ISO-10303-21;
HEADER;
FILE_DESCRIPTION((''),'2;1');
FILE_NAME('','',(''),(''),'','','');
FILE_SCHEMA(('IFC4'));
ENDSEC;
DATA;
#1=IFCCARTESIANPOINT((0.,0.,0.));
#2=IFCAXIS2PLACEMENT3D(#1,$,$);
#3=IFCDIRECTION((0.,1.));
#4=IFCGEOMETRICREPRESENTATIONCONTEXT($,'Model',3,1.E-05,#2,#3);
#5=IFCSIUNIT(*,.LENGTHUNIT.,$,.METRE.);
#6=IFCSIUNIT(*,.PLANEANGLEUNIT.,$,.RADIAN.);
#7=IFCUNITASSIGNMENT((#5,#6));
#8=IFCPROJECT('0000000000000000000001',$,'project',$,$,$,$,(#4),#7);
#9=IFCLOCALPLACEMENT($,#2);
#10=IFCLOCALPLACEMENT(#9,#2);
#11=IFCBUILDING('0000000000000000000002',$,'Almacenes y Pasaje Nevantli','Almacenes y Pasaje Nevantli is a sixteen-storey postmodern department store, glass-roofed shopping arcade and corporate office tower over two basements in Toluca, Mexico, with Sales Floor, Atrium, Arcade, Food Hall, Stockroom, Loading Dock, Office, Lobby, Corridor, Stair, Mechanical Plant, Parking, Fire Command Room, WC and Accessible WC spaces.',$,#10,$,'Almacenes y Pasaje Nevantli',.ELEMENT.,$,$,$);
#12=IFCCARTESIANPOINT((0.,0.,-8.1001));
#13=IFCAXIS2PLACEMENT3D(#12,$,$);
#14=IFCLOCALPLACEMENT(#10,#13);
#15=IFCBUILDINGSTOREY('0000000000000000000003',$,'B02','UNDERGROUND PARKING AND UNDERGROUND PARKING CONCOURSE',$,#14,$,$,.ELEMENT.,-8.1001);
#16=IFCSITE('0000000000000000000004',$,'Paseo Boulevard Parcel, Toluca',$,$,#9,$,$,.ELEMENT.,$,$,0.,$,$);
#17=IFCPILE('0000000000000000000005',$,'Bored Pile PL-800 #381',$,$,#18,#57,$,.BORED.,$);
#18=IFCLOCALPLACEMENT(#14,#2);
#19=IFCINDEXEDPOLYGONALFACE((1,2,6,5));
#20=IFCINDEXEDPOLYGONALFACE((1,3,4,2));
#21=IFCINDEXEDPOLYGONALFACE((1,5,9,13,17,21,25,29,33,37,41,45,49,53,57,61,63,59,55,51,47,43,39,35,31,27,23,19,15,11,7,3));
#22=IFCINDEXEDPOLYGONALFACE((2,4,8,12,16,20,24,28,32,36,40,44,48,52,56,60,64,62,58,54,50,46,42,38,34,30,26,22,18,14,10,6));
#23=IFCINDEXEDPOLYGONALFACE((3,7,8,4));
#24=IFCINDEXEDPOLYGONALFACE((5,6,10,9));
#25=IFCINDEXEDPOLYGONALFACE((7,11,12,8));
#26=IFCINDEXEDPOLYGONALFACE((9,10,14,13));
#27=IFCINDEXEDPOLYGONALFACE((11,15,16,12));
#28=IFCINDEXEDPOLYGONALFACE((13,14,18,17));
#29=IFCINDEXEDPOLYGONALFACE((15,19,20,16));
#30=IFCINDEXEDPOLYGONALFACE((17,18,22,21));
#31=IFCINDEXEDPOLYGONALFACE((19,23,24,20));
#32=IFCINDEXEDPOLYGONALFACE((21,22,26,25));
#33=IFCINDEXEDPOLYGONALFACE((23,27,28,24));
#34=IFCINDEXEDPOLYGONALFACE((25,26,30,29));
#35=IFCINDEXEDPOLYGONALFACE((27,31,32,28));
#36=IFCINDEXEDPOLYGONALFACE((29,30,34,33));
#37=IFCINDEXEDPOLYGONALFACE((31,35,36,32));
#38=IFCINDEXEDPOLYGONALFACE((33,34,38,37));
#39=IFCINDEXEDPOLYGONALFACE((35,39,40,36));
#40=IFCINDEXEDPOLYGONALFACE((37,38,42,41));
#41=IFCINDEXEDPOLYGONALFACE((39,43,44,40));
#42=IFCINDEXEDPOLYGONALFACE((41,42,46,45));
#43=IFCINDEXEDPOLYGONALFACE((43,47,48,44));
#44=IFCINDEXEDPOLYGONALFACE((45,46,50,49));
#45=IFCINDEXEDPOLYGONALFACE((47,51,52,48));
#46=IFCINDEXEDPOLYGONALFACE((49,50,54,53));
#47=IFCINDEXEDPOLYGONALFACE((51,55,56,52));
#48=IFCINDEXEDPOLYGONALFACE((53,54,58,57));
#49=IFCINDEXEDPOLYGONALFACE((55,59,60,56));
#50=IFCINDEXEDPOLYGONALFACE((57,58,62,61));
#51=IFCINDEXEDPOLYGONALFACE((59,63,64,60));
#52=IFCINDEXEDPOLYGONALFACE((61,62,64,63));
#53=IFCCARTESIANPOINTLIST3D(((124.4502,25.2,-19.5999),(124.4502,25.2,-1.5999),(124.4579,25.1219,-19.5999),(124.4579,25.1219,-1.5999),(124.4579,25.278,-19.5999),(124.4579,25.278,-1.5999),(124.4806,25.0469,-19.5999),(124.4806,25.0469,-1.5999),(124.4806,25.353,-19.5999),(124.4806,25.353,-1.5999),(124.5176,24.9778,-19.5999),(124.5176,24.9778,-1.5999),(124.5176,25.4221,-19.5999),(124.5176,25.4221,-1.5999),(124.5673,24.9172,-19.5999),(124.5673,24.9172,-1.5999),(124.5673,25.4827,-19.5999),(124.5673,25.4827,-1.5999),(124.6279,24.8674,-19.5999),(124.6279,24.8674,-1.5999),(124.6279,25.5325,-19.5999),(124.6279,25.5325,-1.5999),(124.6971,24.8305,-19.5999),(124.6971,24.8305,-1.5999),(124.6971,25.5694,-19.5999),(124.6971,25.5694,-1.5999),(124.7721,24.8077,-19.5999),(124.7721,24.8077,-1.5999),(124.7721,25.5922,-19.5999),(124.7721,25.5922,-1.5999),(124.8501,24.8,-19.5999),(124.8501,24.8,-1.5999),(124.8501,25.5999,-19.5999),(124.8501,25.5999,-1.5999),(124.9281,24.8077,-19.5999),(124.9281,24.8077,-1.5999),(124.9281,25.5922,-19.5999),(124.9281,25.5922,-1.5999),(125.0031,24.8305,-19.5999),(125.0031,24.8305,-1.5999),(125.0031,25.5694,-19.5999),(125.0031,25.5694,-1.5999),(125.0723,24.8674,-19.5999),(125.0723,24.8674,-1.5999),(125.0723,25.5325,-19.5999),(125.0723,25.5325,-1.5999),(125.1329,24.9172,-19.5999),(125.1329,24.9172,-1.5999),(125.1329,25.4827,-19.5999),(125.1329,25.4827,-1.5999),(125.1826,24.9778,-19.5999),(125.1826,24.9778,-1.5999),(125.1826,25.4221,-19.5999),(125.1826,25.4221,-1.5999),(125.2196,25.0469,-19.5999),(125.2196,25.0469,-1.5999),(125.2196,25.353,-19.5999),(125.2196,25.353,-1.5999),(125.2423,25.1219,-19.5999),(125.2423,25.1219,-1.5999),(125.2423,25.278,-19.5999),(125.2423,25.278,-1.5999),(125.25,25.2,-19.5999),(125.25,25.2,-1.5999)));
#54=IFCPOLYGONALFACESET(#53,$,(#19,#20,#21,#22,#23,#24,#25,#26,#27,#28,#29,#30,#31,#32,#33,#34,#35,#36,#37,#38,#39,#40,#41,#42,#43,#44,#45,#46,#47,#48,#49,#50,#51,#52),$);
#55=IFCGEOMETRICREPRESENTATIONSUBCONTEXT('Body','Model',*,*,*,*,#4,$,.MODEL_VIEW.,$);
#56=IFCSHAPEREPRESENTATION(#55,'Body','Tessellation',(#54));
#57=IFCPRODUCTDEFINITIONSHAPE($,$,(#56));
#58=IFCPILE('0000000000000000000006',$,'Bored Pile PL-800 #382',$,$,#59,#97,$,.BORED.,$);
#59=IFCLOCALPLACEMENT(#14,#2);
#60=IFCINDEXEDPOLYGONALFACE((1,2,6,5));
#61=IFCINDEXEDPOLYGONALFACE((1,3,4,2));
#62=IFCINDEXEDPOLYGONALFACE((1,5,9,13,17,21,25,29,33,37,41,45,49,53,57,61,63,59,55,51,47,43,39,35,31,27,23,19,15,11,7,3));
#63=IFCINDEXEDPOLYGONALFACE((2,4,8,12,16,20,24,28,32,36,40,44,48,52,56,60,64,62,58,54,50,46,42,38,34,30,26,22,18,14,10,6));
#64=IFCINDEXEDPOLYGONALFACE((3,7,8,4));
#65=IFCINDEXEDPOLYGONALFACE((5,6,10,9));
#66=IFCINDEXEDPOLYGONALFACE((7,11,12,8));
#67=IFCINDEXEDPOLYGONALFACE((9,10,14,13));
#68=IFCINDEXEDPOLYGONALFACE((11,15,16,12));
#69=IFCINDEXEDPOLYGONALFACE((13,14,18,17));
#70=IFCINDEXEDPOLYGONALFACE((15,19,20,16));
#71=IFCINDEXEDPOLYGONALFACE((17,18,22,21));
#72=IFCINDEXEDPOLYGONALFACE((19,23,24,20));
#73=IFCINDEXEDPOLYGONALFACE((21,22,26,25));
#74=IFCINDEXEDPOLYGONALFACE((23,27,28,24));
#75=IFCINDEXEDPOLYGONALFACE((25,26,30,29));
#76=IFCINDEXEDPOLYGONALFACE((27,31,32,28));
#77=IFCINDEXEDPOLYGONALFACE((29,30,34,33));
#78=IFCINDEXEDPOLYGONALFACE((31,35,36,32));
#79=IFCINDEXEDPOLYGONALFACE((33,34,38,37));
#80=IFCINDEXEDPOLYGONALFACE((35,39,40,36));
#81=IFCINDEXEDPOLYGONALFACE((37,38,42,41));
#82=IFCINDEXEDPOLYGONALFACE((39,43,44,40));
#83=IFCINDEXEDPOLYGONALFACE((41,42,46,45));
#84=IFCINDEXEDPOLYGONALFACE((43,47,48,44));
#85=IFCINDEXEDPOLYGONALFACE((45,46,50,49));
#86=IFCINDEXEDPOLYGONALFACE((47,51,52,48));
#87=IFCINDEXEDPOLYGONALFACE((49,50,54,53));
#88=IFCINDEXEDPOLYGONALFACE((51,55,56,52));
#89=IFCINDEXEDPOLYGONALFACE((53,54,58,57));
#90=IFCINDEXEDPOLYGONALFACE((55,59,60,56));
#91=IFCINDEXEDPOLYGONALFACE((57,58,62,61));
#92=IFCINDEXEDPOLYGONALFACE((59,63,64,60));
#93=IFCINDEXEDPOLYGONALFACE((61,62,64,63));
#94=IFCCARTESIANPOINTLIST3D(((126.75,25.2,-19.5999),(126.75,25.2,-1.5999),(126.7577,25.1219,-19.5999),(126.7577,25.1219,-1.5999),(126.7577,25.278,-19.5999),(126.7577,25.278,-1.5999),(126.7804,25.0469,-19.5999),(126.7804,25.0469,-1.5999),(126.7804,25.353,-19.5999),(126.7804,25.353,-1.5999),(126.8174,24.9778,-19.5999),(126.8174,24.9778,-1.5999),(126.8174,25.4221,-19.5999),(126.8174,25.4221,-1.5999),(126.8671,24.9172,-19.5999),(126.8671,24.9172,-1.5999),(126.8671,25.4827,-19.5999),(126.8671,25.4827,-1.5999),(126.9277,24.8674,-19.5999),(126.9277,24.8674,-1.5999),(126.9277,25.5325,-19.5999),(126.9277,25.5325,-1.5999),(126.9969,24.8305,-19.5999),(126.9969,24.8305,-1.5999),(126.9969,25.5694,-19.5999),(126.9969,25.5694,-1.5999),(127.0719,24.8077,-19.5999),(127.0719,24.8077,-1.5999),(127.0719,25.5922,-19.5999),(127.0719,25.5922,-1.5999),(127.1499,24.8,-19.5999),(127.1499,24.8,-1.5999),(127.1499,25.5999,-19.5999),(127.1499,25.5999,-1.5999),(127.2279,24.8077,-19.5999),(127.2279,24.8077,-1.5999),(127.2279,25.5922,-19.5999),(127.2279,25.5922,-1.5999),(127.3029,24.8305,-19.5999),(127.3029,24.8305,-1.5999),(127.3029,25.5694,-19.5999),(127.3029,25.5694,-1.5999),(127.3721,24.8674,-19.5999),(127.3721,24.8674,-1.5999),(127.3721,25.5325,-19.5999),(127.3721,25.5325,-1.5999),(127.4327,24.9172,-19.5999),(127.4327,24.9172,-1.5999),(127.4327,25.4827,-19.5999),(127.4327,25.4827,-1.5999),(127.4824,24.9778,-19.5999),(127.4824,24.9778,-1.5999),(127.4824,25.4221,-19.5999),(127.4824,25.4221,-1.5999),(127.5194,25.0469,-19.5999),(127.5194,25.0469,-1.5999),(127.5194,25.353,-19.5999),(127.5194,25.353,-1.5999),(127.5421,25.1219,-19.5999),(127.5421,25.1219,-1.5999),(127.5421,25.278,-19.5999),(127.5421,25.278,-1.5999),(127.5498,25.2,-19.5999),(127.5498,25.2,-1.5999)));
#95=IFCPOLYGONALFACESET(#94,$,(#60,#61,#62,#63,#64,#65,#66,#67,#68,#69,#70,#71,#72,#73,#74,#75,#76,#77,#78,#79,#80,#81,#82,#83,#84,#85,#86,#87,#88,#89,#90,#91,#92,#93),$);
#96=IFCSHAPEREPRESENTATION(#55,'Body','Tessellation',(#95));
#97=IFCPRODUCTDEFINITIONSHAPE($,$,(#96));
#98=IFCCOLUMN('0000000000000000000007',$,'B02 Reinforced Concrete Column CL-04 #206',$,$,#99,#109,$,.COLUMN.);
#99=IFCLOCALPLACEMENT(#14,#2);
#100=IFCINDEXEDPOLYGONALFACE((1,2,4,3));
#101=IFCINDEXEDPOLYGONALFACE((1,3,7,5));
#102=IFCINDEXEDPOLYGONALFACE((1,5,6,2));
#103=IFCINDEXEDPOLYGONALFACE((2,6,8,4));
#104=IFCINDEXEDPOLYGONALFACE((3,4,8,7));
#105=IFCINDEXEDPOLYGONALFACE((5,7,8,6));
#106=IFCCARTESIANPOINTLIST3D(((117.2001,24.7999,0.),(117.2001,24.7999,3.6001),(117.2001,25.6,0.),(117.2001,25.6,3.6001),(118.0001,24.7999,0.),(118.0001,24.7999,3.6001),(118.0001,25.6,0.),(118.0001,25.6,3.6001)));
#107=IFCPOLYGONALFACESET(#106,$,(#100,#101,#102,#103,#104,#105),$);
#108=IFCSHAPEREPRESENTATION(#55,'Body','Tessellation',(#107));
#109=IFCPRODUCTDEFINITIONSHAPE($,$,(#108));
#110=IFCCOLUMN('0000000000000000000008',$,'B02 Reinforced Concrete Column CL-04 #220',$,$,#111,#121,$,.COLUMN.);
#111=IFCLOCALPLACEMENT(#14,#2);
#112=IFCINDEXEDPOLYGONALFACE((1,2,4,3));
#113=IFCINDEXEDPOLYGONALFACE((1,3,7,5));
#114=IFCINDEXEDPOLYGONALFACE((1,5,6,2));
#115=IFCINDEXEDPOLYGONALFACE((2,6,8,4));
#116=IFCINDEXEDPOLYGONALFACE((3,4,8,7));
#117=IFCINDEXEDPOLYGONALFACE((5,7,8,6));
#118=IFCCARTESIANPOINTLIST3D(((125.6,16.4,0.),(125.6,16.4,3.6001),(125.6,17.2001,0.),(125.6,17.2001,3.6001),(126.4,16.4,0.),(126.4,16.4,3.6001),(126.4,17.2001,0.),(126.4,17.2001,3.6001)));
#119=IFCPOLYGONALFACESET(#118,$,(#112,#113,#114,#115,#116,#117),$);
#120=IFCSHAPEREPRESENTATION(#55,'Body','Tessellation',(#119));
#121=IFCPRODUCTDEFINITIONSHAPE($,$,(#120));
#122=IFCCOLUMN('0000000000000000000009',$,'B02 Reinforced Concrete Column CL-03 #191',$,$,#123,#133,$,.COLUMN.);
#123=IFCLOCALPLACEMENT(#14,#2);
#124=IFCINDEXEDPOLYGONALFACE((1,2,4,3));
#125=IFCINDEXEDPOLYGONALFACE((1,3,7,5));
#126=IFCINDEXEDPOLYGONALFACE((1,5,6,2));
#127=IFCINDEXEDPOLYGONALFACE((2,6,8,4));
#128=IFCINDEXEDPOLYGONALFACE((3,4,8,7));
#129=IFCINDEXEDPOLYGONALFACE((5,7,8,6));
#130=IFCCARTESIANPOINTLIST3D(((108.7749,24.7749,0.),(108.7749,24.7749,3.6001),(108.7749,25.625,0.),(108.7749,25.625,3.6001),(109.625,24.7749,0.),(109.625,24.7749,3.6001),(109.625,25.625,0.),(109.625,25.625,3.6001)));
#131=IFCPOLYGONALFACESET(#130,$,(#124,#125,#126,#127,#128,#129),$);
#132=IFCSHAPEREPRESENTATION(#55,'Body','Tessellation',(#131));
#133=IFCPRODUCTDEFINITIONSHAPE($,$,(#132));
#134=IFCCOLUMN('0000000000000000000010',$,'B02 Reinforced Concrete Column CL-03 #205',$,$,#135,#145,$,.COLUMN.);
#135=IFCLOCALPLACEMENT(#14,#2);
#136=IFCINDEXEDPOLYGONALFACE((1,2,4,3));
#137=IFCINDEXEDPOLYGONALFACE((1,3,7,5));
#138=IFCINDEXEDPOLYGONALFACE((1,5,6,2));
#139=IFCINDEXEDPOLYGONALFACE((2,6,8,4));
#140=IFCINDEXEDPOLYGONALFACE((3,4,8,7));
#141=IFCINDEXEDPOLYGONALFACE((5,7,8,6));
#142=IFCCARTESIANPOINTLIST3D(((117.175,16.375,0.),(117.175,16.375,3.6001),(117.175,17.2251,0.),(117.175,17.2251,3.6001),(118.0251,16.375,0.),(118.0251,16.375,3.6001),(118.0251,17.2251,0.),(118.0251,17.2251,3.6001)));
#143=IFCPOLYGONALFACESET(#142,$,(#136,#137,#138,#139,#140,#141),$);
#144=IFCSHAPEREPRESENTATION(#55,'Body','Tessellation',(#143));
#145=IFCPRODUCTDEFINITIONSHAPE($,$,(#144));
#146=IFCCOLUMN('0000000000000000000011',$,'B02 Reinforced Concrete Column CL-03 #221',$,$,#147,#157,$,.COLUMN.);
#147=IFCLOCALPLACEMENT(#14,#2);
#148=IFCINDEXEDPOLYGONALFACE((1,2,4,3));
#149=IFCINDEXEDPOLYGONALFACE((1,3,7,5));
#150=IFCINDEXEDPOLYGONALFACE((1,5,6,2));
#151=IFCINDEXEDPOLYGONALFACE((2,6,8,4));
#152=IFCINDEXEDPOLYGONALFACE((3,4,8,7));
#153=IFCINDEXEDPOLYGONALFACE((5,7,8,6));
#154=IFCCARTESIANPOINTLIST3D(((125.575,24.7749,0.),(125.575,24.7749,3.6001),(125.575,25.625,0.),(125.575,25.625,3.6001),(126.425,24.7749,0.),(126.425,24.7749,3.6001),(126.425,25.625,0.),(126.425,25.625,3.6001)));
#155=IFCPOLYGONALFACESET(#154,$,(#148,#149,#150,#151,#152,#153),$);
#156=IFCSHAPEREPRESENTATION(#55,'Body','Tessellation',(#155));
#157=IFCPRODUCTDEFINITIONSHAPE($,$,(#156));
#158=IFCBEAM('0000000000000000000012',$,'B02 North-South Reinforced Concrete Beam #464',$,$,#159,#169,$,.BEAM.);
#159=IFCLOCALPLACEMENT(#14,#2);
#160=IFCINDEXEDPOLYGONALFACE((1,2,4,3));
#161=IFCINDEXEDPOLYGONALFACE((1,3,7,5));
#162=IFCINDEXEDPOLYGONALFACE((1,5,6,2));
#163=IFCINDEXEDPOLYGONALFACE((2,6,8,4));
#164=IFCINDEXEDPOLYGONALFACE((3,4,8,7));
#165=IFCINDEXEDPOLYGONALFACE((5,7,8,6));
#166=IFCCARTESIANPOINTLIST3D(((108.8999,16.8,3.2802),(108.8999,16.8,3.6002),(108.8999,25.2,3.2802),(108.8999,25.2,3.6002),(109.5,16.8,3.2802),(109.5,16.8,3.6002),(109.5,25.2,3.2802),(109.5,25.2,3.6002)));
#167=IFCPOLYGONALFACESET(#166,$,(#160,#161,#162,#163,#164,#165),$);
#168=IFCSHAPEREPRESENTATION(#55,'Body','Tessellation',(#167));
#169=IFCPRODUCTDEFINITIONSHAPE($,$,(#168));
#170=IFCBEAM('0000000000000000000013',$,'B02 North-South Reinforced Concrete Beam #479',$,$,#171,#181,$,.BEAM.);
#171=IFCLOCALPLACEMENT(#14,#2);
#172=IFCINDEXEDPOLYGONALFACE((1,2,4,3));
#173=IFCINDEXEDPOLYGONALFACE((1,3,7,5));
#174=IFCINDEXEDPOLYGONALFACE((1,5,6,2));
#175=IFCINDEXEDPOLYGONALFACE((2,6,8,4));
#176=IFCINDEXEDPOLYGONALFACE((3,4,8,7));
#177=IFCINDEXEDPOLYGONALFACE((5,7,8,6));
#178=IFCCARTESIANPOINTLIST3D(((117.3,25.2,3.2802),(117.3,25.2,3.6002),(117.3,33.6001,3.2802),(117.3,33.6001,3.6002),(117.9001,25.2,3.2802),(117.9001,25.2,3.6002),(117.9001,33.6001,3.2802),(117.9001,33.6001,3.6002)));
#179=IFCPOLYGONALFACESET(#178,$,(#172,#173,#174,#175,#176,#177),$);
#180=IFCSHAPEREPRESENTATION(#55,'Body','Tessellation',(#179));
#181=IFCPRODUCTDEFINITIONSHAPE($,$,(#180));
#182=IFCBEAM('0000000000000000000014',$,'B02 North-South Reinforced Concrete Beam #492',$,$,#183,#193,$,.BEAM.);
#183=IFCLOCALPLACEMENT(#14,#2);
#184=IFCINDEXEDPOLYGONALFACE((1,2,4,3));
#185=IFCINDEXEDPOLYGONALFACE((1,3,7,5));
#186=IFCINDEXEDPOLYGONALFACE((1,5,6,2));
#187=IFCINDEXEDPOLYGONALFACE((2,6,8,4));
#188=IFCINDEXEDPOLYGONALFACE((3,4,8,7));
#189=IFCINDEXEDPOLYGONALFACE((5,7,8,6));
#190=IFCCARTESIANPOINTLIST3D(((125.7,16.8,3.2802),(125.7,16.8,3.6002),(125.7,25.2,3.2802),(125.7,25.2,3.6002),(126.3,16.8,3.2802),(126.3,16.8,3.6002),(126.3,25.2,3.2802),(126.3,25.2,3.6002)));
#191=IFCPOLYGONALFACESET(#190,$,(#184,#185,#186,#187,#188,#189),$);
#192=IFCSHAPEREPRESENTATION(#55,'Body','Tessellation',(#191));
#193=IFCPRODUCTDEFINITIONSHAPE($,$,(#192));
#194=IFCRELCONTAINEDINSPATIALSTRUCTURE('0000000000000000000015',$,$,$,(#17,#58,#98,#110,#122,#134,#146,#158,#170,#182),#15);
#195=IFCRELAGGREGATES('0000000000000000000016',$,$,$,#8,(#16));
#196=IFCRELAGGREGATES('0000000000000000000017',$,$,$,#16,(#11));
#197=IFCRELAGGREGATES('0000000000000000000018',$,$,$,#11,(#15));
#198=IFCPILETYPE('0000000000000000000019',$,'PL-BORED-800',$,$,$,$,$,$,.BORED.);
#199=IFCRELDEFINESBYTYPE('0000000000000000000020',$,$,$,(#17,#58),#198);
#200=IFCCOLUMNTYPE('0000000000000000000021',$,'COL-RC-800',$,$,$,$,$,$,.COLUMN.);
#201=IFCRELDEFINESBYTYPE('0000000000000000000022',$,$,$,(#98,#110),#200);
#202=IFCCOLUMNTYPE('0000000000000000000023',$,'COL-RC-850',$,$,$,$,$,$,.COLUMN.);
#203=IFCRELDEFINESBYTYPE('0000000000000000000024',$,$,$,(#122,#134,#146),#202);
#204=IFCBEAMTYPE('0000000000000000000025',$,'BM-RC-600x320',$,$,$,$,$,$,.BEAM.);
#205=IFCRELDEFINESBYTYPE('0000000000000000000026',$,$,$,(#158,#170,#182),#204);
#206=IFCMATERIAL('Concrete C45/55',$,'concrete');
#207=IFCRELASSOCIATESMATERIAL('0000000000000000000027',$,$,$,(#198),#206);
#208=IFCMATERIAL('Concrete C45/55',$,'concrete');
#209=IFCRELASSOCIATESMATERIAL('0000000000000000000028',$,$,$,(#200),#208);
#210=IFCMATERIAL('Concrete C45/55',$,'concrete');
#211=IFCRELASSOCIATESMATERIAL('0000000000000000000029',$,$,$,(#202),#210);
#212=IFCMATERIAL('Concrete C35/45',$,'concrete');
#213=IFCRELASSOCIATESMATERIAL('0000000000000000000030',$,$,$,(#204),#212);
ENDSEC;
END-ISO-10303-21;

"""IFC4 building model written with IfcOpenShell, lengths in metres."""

from ifc_helpers import new_model, si_unit, direction, frame, origin, origin_2d, place, context, subcontext, project, spatial, rectangle, circle, extrude, material, material_profile, profile_set, type_object, element, save


model = new_model("IFC4")

# Units and contexts
model_context = context("Model", 3, precision=1e-05, world=origin(), true_north=direction((0.0, 1.0)))
body_context = subcontext(model_context, "Body", "Model", "MODEL_VIEW")
ifc_project = project(units=[si_unit("LENGTHUNIT", "METRE"), si_unit("PLANEANGLEUNIT", "RADIAN")], contexts=[model_context])

# Site, building, storey
site_placement = place(None, origin())
site = spatial("IfcSite", under=ifc_project, at=site_placement, Name="Paseo Boulevard Parcel, Toluca", CompositionType="ELEMENT", RefElevation=0.0)
building_placement = place(site_placement, origin())
building = spatial("IfcBuilding", under=site, at=building_placement, Name="Almacenes y Pasaje Nevantli", Description="Almacenes y Pasaje Nevantli is a sixteen-storey postmodern department store, glass-roofed shopping arcade and corporate office tower over two basements in Toluca, Mexico, with Sales Floor, Atrium, Arcade, Food Hall, Stockroom, Loading Dock, Office, Lobby, Corridor, Stair, Mechanical Plant, Parking, Fire Command Room, WC and Accessible WC spaces.", LongName="Almacenes y Pasaje Nevantli", CompositionType="ELEMENT")
storey_placement = place(building_placement, frame((0.0, 0.0, -8.1001)))
storey = spatial("IfcBuildingStorey", under=building, at=storey_placement, Name="B02", Description="UNDERGROUND PARKING AND UNDERGROUND PARKING CONCOURSE", CompositionType="ELEMENT", Elevation=-8.1001)

# Piles
ifc_material_1 = material(Name="Concrete C45/55", Category="concrete")
ifc_material_profile_1 = material_profile(ifc_material_1, circle(Radius=0.3999, at=origin_2d()), Name="RC-PILE-D800")
ifc_profile_set_1 = profile_set([ifc_material_profile_1], Name="Concrete C45/55")
pile_type_1 = type_object("IfcPileType", Name="PL-BORED-800", PredefinedType="BORED", material=ifc_profile_set_1)
for number, where, z_axis, x_axis, name in (
    (1, (124.8501, 25.2, -1.5999), (0.0, 0.0, -1.0), (1.0, 0.0, 0.0), "Bored Pile PL-800 #381"),
    (2, (127.1499, 25.2, -1.5999), (0.0, 0.0, -1.0), (1.0, 0.0, 0.0), "Bored Pile PL-800 #382"),
):
    element("IfcPile", number, at=place(storey_placement, frame(where, z_axis=z_axis, x_axis=x_axis)), inside=storey, type_object=pile_type_1, Name=name, PredefinedType="BORED", context=body_context, shape_type="SweptSolid", body=[
        extrude(circle(Radius=0.3999, at=origin_2d()), origin(), (0.0, 0.0, 1.0), 18.0),
    ])

# Columns
ifc_material_2 = material(Name="Concrete C45/55", Category="concrete")
ifc_material_profile_2 = material_profile(ifc_material_2, rectangle(XDim=0.8, YDim=0.8, at=origin_2d()), Name="RC-COL-800x800")
ifc_profile_set_2 = profile_set([ifc_material_profile_2], Name="Concrete C45/55")
column_type_1 = type_object("IfcColumnType", Name="COL-RC-800", PredefinedType="COLUMN", material=ifc_profile_set_2)
for number, where, z_axis, x_axis, name in (
    (3, (117.6001, 25.2, 0.0), (0.0, 0.0, 1.0), (1.0, 0.0, 0.0), "B02 Reinforced Concrete Column CL-04 #206"),
    (4, (126.0, 16.8, 0.0), (0.0, 0.0, 1.0), (1.0, 0.0, 0.0), "B02 Reinforced Concrete Column CL-04 #220"),
):
    element("IfcColumn", number, at=place(storey_placement, frame(where, z_axis=z_axis, x_axis=x_axis)), inside=storey, type_object=column_type_1, Name=name, PredefinedType="COLUMN", context=body_context, shape_type="SweptSolid", body=[
        extrude(rectangle(XDim=0.8, YDim=0.8, at=origin_2d()), origin(), (0.0, 0.0, 1.0), 3.6001),
    ])
ifc_material_3 = material(Name="Concrete C45/55", Category="concrete")
ifc_material_profile_3 = material_profile(ifc_material_3, rectangle(XDim=0.8501, YDim=0.8501, at=origin_2d()), Name="RC-COL-850x850")
ifc_profile_set_3 = profile_set([ifc_material_profile_3], Name="Concrete C45/55")
column_type_2 = type_object("IfcColumnType", Name="COL-RC-850", PredefinedType="COLUMN", material=ifc_profile_set_3)
for number, where, z_axis, x_axis, name in (
    (5, (109.2, 25.2, 0.0), (0.0, 0.0, 1.0), (1.0, 0.0, 0.0), "B02 Reinforced Concrete Column CL-03 #191"),
    (6, (117.6001, 16.8, 0.0), (0.0, 0.0, 1.0), (1.0, 0.0, 0.0), "B02 Reinforced Concrete Column CL-03 #205"),
    (7, (126.0, 25.2, 0.0), (0.0, 0.0, 1.0), (1.0, 0.0, 0.0), "B02 Reinforced Concrete Column CL-03 #221"),
):
    element("IfcColumn", number, at=place(storey_placement, frame(where, z_axis=z_axis, x_axis=x_axis)), inside=storey, type_object=column_type_2, Name=name, PredefinedType="COLUMN", context=body_context, shape_type="SweptSolid", body=[
        extrude(rectangle(XDim=0.8501, YDim=0.8501, at=origin_2d()), origin(), (0.0, 0.0, 1.0), 3.6001),
    ])

# Beams
ifc_material_4 = material(Name="Concrete C35/45", Category="concrete")
ifc_material_profile_4 = material_profile(ifc_material_4, rectangle(XDim=0.6001, YDim=0.3201, at=origin_2d()), Name="RC-BM-600x320")
ifc_profile_set_4 = profile_set([ifc_material_profile_4], Name="Concrete C35/45")
beam_type_1 = type_object("IfcBeamType", Name="BM-RC-600x320", PredefinedType="BEAM", material=ifc_profile_set_4)
beam_1_placement = place(storey_placement, frame((109.2, 16.8, 3.4402), z_axis=(0.0, 1.0, 0.0), x_axis=(-1.0, 0.0, 0.0)))
element("IfcBeam", 8, at=beam_1_placement, inside=storey, type_object=beam_type_1, Name="B02 North-South Reinforced Concrete Beam #464", PredefinedType="BEAM", context=body_context, shape_type="SweptSolid", body=[
    extrude(rectangle(XDim=0.6001, YDim=0.3201, at=origin_2d()), origin(), (0.0, 0.0, 1.0), 8.3999),
])
beam_2_placement = place(storey_placement, frame((117.6001, 25.2, 3.4402), z_axis=(0.0, 1.0, 0.0), x_axis=(-1.0, 0.0, 0.0)))
element("IfcBeam", 9, at=beam_2_placement, inside=storey, type_object=beam_type_1, Name="B02 North-South Reinforced Concrete Beam #479", PredefinedType="BEAM", context=body_context, shape_type="SweptSolid", body=[
    extrude(rectangle(XDim=0.6001, YDim=0.3201, at=origin_2d()), origin(), (0.0, 0.0, 1.0), 8.4001),
])
beam_3_placement = place(storey_placement, frame((126.0, 16.8, 3.4402), z_axis=(0.0, 1.0, 0.0), x_axis=(-1.0, 0.0, 0.0)))
element("IfcBeam", 10, at=beam_3_placement, inside=storey, type_object=beam_type_1, Name="B02 North-South Reinforced Concrete Beam #492", PredefinedType="BEAM", context=body_context, shape_type="SweptSolid", body=[
    extrude(rectangle(XDim=0.6001, YDim=0.3201, at=origin_2d()), origin(), (0.0, 0.0, 1.0), 8.3999),
])

save(model, "model.ifc")
